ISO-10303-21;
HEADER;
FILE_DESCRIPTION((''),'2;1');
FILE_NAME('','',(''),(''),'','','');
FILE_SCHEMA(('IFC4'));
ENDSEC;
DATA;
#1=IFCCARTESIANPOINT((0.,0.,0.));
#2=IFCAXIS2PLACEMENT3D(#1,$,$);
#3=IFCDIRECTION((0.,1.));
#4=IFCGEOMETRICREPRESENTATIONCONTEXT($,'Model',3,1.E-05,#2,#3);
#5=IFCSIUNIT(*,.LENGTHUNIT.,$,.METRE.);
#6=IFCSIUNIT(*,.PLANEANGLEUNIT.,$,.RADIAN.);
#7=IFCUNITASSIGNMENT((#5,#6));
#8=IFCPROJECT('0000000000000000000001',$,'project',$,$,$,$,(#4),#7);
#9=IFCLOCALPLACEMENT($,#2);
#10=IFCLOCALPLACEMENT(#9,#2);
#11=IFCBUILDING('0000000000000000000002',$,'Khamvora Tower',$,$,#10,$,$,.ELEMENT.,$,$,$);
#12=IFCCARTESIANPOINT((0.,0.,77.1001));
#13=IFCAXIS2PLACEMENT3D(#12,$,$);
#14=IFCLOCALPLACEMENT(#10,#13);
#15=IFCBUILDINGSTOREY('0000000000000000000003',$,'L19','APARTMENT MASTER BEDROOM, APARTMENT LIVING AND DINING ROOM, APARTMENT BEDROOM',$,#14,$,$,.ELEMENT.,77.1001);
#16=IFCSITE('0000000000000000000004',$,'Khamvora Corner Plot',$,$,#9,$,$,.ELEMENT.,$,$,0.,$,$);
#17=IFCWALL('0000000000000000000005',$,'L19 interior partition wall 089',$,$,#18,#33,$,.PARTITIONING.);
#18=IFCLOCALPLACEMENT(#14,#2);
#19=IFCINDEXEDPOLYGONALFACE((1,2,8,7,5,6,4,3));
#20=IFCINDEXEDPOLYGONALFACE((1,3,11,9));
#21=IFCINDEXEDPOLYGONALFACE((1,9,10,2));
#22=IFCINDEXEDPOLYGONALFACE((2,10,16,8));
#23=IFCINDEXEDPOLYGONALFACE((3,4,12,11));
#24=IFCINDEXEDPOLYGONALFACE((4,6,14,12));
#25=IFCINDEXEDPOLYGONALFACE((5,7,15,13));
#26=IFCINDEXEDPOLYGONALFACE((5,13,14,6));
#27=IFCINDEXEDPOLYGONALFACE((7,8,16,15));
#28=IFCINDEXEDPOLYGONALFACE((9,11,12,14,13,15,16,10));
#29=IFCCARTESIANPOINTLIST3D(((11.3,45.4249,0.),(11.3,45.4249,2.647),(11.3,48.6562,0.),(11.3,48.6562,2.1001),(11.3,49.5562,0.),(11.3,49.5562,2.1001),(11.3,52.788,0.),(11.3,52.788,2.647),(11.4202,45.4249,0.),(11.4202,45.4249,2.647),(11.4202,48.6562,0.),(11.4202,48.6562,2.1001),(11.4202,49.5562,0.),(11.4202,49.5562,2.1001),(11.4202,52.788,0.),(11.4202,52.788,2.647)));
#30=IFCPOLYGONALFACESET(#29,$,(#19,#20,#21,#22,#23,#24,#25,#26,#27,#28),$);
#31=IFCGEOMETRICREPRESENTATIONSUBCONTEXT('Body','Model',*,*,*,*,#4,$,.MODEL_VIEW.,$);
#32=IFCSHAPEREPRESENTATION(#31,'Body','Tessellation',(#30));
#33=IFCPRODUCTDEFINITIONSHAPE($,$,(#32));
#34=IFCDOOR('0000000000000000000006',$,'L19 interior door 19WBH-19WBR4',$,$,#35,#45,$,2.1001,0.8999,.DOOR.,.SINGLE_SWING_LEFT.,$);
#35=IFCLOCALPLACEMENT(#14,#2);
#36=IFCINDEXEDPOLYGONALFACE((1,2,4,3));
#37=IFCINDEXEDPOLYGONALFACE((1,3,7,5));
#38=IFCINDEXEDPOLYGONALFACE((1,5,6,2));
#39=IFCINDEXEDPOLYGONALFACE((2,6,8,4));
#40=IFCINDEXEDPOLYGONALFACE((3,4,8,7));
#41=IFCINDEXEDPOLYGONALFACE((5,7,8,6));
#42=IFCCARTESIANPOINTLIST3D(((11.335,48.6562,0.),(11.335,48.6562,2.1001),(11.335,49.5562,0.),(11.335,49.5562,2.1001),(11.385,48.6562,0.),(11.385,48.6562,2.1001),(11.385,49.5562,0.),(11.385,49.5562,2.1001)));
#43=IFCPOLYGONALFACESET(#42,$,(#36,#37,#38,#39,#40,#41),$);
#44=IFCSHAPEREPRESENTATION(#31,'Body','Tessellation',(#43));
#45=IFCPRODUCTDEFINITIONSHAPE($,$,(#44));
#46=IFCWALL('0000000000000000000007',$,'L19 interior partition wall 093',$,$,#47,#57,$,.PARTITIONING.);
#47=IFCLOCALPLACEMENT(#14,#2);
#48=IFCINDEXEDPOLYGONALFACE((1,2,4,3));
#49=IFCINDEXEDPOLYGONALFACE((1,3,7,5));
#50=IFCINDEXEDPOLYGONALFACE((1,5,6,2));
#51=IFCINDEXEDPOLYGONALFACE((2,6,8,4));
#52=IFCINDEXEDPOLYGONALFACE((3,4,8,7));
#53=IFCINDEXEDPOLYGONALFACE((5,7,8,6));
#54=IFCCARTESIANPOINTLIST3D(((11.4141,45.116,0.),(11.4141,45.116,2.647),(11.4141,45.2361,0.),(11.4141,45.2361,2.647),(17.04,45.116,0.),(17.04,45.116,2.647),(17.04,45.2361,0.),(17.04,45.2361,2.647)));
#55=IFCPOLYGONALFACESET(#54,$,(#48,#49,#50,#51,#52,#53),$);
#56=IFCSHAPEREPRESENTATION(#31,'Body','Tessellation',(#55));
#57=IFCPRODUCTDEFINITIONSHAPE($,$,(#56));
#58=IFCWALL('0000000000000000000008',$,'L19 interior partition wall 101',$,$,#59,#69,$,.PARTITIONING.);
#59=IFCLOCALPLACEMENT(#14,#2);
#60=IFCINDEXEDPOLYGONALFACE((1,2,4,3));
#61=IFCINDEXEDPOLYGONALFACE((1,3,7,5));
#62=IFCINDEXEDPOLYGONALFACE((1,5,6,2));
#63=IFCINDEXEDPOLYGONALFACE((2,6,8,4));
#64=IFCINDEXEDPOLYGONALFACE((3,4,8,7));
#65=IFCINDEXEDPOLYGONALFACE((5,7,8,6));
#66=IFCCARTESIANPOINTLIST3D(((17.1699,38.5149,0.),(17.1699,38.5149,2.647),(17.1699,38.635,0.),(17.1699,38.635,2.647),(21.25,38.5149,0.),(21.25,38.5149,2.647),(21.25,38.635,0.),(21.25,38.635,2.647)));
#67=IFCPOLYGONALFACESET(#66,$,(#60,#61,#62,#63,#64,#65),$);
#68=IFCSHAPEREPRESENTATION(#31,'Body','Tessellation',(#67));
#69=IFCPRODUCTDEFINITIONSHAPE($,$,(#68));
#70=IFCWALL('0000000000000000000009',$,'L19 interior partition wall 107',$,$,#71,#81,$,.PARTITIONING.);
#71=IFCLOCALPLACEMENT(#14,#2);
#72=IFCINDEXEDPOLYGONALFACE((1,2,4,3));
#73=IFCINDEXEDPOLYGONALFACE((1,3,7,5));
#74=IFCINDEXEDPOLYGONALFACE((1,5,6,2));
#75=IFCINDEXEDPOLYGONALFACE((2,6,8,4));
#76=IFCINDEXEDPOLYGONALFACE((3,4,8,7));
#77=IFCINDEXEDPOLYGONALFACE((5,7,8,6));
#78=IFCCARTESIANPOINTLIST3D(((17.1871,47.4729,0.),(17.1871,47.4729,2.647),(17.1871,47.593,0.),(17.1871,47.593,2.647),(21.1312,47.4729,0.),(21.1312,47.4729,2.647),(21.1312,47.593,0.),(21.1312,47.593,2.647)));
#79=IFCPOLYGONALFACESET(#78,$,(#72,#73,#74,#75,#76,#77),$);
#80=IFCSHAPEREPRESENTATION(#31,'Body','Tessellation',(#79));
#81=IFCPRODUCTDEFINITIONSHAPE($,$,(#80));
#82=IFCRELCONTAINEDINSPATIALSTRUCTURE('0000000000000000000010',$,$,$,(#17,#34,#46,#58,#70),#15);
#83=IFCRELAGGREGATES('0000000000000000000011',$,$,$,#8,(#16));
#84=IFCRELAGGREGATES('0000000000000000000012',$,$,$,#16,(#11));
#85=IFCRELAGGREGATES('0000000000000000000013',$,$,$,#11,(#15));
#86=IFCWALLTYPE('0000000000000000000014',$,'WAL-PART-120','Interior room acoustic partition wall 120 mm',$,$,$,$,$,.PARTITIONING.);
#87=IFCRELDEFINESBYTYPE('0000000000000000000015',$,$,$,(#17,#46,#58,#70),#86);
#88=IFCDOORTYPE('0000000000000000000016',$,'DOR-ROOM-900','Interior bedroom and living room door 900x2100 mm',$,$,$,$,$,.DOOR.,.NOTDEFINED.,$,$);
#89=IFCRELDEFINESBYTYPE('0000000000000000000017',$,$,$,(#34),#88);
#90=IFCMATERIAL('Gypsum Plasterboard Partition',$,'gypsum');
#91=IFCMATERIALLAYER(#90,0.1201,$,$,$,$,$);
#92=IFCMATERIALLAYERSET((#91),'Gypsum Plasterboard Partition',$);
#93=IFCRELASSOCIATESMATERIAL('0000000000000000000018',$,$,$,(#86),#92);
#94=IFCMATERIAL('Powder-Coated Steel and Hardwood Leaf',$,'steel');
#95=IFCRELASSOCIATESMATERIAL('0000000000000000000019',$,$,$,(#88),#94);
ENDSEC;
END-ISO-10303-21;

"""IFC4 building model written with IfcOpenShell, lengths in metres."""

from ifc_helpers import new_model, si_unit, direction, frame, frame_2d, origin, place, context, subcontext, project, spatial, rectangle, extrude, material, layer, layer_set, type_object, element, fill, save


model = new_model("IFC4")

# Units and contexts
model_context = context("Model", 3, precision=1e-05, world=origin(), true_north=direction((0.0, 1.0)))
body_context = subcontext(model_context, "Body", "Model", "MODEL_VIEW")
ifc_project = project(units=[si_unit("LENGTHUNIT", "METRE"), si_unit("PLANEANGLEUNIT", "RADIAN")], contexts=[model_context])

# Site, building, storey
site_placement = place(None, origin())
site = spatial("IfcSite", under=ifc_project, at=site_placement, Name="Khamvora Corner Plot", CompositionType="ELEMENT", RefElevation=0.0)
building_placement = place(site_placement, origin())
building = spatial("IfcBuilding", under=site, at=building_placement, Name="Khamvora Tower", CompositionType="ELEMENT")
storey_placement = place(building_placement, frame((0.0, 0.0, 77.1001)))
storey = spatial("IfcBuildingStorey", under=building, at=storey_placement, Name="L19", Description="APARTMENT MASTER BEDROOM, APARTMENT LIVING AND DINING ROOM, APARTMENT BEDROOM", CompositionType="ELEMENT", Elevation=77.1001)

# Shared definitions
ifc_material_1 = material(Name="Gypsum Plasterboard Partition", Category="gypsum")
ifc_layer_1 = layer(ifc_material_1, 0.1201)
ifc_layer_set_1 = layer_set([ifc_layer_1], Name="Gypsum Plasterboard Partition")
wall_type_1 = type_object("IfcWallType", Name="WAL-PART-120", Description="Interior room acoustic partition wall 120 mm", PredefinedType="PARTITIONING", material=ifc_layer_set_1)
ifc_material_2 = material(Name="Powder-Coated Steel and Hardwood Leaf", Category="steel")
door_type = type_object("IfcDoorType", Name="DOR-ROOM-900", Description="Interior bedroom and living room door 900x2100 mm", OperationType="NOTDEFINED", PredefinedType="DOOR", material=ifc_material_2)

# Wall, opening, door
wall_1_placement = place(storey_placement, frame((11.3601, 52.7881, 0.0), z_axis=(0.0, 0.0, 1.0), x_axis=(0.0, -1.0, 0.0)))
wall_1 = element("IfcWall", 1, at=wall_1_placement, inside=storey, type_object=wall_type_1, Name="L19 interior partition wall 089", PredefinedType="PARTITIONING", context=body_context, shape_type="SweptSolid", body=[
    extrude(rectangle(XDim=7.363, YDim=0.1201, at=frame_2d((3.6816, 0.0))), origin(), (0.0, 0.0, 1.0), 2.647),
])
opening_1_placement = place(wall_1_placement, frame((3.2319, 0.0, 0.0)))
opening_1 = element("IfcOpeningElement", 2, at=opening_1_placement, cuts=wall_1, PredefinedType="OPENING", context=body_context, shape_type="SweptSolid", body=[
    extrude(rectangle(XDim=0.8999, YDim=2.1001, at=frame_2d((0.45, 1.05))), frame((0.0, 0.0701, 0.0), z_axis=(0.0, -1.0, 0.0), x_axis=(1.0, 0.0, 0.0)), (0.0, 0.0, 1.0), 0.1401),
])
door_1_placement = place(opening_1_placement, origin())
door_1 = element("IfcDoor", 3, at=door_1_placement, inside=storey, type_object=door_type, Name="L19 interior door 19WBH-19WBR4", OperationType="SINGLE_SWING_LEFT", OverallHeight=2.1001, OverallWidth=0.8999, PredefinedType="DOOR", context=body_context, shape_type="SweptSolid", body=[
    extrude(rectangle(XDim=0.8999, YDim=2.1001, at=frame_2d((0.45, 1.05))), frame((0.0, 0.0249, 0.0), z_axis=(0.0, -1.0, 0.0), x_axis=(1.0, 0.0, 0.0)), (0.0, 0.0, 1.0), 0.05),
])
fill(opening_1, door_1)

# Walls
wall_2_placement = place(storey_placement, frame((11.4141, 45.176, 0.0), z_axis=(0.0, 0.0, 1.0), x_axis=(1.0, 0.0, 0.0)))
element("IfcWall", 4, at=wall_2_placement, inside=storey, type_object=wall_type_1, Name="L19 interior partition wall 093", PredefinedType="PARTITIONING", context=body_context, shape_type="SweptSolid", body=[
    extrude(rectangle(XDim=5.626, YDim=0.1201, at=frame_2d((2.813, 0.0))), origin(), (0.0, 0.0, 1.0), 2.647),
])
wall_3_placement = place(storey_placement, frame((17.1699, 38.575, 0.0), z_axis=(0.0, 0.0, 1.0), x_axis=(1.0, 0.0, 0.0)))
element("IfcWall", 5, at=wall_3_placement, inside=storey, type_object=wall_type_1, Name="L19 interior partition wall 101", PredefinedType="PARTITIONING", context=body_context, shape_type="SweptSolid", body=[
    extrude(rectangle(XDim=4.0801, YDim=0.1201, at=frame_2d((2.04, 0.0))), origin(), (0.0, 0.0, 1.0), 2.647),
])
wall_4_placement = place(storey_placement, frame((17.187, 47.533, 0.0), z_axis=(0.0, 0.0, 1.0), x_axis=(1.0, 0.0, 0.0)))
element("IfcWall", 6, at=wall_4_placement, inside=storey, type_object=wall_type_1, Name="L19 interior partition wall 107", PredefinedType="PARTITIONING", context=body_context, shape_type="SweptSolid", body=[
    extrude(rectangle(XDim=3.9441, YDim=0.1201, at=frame_2d((1.9722, 0.0))), origin(), (0.0, 0.0, 1.0), 2.647),
])

save(model, "model.ifc")
